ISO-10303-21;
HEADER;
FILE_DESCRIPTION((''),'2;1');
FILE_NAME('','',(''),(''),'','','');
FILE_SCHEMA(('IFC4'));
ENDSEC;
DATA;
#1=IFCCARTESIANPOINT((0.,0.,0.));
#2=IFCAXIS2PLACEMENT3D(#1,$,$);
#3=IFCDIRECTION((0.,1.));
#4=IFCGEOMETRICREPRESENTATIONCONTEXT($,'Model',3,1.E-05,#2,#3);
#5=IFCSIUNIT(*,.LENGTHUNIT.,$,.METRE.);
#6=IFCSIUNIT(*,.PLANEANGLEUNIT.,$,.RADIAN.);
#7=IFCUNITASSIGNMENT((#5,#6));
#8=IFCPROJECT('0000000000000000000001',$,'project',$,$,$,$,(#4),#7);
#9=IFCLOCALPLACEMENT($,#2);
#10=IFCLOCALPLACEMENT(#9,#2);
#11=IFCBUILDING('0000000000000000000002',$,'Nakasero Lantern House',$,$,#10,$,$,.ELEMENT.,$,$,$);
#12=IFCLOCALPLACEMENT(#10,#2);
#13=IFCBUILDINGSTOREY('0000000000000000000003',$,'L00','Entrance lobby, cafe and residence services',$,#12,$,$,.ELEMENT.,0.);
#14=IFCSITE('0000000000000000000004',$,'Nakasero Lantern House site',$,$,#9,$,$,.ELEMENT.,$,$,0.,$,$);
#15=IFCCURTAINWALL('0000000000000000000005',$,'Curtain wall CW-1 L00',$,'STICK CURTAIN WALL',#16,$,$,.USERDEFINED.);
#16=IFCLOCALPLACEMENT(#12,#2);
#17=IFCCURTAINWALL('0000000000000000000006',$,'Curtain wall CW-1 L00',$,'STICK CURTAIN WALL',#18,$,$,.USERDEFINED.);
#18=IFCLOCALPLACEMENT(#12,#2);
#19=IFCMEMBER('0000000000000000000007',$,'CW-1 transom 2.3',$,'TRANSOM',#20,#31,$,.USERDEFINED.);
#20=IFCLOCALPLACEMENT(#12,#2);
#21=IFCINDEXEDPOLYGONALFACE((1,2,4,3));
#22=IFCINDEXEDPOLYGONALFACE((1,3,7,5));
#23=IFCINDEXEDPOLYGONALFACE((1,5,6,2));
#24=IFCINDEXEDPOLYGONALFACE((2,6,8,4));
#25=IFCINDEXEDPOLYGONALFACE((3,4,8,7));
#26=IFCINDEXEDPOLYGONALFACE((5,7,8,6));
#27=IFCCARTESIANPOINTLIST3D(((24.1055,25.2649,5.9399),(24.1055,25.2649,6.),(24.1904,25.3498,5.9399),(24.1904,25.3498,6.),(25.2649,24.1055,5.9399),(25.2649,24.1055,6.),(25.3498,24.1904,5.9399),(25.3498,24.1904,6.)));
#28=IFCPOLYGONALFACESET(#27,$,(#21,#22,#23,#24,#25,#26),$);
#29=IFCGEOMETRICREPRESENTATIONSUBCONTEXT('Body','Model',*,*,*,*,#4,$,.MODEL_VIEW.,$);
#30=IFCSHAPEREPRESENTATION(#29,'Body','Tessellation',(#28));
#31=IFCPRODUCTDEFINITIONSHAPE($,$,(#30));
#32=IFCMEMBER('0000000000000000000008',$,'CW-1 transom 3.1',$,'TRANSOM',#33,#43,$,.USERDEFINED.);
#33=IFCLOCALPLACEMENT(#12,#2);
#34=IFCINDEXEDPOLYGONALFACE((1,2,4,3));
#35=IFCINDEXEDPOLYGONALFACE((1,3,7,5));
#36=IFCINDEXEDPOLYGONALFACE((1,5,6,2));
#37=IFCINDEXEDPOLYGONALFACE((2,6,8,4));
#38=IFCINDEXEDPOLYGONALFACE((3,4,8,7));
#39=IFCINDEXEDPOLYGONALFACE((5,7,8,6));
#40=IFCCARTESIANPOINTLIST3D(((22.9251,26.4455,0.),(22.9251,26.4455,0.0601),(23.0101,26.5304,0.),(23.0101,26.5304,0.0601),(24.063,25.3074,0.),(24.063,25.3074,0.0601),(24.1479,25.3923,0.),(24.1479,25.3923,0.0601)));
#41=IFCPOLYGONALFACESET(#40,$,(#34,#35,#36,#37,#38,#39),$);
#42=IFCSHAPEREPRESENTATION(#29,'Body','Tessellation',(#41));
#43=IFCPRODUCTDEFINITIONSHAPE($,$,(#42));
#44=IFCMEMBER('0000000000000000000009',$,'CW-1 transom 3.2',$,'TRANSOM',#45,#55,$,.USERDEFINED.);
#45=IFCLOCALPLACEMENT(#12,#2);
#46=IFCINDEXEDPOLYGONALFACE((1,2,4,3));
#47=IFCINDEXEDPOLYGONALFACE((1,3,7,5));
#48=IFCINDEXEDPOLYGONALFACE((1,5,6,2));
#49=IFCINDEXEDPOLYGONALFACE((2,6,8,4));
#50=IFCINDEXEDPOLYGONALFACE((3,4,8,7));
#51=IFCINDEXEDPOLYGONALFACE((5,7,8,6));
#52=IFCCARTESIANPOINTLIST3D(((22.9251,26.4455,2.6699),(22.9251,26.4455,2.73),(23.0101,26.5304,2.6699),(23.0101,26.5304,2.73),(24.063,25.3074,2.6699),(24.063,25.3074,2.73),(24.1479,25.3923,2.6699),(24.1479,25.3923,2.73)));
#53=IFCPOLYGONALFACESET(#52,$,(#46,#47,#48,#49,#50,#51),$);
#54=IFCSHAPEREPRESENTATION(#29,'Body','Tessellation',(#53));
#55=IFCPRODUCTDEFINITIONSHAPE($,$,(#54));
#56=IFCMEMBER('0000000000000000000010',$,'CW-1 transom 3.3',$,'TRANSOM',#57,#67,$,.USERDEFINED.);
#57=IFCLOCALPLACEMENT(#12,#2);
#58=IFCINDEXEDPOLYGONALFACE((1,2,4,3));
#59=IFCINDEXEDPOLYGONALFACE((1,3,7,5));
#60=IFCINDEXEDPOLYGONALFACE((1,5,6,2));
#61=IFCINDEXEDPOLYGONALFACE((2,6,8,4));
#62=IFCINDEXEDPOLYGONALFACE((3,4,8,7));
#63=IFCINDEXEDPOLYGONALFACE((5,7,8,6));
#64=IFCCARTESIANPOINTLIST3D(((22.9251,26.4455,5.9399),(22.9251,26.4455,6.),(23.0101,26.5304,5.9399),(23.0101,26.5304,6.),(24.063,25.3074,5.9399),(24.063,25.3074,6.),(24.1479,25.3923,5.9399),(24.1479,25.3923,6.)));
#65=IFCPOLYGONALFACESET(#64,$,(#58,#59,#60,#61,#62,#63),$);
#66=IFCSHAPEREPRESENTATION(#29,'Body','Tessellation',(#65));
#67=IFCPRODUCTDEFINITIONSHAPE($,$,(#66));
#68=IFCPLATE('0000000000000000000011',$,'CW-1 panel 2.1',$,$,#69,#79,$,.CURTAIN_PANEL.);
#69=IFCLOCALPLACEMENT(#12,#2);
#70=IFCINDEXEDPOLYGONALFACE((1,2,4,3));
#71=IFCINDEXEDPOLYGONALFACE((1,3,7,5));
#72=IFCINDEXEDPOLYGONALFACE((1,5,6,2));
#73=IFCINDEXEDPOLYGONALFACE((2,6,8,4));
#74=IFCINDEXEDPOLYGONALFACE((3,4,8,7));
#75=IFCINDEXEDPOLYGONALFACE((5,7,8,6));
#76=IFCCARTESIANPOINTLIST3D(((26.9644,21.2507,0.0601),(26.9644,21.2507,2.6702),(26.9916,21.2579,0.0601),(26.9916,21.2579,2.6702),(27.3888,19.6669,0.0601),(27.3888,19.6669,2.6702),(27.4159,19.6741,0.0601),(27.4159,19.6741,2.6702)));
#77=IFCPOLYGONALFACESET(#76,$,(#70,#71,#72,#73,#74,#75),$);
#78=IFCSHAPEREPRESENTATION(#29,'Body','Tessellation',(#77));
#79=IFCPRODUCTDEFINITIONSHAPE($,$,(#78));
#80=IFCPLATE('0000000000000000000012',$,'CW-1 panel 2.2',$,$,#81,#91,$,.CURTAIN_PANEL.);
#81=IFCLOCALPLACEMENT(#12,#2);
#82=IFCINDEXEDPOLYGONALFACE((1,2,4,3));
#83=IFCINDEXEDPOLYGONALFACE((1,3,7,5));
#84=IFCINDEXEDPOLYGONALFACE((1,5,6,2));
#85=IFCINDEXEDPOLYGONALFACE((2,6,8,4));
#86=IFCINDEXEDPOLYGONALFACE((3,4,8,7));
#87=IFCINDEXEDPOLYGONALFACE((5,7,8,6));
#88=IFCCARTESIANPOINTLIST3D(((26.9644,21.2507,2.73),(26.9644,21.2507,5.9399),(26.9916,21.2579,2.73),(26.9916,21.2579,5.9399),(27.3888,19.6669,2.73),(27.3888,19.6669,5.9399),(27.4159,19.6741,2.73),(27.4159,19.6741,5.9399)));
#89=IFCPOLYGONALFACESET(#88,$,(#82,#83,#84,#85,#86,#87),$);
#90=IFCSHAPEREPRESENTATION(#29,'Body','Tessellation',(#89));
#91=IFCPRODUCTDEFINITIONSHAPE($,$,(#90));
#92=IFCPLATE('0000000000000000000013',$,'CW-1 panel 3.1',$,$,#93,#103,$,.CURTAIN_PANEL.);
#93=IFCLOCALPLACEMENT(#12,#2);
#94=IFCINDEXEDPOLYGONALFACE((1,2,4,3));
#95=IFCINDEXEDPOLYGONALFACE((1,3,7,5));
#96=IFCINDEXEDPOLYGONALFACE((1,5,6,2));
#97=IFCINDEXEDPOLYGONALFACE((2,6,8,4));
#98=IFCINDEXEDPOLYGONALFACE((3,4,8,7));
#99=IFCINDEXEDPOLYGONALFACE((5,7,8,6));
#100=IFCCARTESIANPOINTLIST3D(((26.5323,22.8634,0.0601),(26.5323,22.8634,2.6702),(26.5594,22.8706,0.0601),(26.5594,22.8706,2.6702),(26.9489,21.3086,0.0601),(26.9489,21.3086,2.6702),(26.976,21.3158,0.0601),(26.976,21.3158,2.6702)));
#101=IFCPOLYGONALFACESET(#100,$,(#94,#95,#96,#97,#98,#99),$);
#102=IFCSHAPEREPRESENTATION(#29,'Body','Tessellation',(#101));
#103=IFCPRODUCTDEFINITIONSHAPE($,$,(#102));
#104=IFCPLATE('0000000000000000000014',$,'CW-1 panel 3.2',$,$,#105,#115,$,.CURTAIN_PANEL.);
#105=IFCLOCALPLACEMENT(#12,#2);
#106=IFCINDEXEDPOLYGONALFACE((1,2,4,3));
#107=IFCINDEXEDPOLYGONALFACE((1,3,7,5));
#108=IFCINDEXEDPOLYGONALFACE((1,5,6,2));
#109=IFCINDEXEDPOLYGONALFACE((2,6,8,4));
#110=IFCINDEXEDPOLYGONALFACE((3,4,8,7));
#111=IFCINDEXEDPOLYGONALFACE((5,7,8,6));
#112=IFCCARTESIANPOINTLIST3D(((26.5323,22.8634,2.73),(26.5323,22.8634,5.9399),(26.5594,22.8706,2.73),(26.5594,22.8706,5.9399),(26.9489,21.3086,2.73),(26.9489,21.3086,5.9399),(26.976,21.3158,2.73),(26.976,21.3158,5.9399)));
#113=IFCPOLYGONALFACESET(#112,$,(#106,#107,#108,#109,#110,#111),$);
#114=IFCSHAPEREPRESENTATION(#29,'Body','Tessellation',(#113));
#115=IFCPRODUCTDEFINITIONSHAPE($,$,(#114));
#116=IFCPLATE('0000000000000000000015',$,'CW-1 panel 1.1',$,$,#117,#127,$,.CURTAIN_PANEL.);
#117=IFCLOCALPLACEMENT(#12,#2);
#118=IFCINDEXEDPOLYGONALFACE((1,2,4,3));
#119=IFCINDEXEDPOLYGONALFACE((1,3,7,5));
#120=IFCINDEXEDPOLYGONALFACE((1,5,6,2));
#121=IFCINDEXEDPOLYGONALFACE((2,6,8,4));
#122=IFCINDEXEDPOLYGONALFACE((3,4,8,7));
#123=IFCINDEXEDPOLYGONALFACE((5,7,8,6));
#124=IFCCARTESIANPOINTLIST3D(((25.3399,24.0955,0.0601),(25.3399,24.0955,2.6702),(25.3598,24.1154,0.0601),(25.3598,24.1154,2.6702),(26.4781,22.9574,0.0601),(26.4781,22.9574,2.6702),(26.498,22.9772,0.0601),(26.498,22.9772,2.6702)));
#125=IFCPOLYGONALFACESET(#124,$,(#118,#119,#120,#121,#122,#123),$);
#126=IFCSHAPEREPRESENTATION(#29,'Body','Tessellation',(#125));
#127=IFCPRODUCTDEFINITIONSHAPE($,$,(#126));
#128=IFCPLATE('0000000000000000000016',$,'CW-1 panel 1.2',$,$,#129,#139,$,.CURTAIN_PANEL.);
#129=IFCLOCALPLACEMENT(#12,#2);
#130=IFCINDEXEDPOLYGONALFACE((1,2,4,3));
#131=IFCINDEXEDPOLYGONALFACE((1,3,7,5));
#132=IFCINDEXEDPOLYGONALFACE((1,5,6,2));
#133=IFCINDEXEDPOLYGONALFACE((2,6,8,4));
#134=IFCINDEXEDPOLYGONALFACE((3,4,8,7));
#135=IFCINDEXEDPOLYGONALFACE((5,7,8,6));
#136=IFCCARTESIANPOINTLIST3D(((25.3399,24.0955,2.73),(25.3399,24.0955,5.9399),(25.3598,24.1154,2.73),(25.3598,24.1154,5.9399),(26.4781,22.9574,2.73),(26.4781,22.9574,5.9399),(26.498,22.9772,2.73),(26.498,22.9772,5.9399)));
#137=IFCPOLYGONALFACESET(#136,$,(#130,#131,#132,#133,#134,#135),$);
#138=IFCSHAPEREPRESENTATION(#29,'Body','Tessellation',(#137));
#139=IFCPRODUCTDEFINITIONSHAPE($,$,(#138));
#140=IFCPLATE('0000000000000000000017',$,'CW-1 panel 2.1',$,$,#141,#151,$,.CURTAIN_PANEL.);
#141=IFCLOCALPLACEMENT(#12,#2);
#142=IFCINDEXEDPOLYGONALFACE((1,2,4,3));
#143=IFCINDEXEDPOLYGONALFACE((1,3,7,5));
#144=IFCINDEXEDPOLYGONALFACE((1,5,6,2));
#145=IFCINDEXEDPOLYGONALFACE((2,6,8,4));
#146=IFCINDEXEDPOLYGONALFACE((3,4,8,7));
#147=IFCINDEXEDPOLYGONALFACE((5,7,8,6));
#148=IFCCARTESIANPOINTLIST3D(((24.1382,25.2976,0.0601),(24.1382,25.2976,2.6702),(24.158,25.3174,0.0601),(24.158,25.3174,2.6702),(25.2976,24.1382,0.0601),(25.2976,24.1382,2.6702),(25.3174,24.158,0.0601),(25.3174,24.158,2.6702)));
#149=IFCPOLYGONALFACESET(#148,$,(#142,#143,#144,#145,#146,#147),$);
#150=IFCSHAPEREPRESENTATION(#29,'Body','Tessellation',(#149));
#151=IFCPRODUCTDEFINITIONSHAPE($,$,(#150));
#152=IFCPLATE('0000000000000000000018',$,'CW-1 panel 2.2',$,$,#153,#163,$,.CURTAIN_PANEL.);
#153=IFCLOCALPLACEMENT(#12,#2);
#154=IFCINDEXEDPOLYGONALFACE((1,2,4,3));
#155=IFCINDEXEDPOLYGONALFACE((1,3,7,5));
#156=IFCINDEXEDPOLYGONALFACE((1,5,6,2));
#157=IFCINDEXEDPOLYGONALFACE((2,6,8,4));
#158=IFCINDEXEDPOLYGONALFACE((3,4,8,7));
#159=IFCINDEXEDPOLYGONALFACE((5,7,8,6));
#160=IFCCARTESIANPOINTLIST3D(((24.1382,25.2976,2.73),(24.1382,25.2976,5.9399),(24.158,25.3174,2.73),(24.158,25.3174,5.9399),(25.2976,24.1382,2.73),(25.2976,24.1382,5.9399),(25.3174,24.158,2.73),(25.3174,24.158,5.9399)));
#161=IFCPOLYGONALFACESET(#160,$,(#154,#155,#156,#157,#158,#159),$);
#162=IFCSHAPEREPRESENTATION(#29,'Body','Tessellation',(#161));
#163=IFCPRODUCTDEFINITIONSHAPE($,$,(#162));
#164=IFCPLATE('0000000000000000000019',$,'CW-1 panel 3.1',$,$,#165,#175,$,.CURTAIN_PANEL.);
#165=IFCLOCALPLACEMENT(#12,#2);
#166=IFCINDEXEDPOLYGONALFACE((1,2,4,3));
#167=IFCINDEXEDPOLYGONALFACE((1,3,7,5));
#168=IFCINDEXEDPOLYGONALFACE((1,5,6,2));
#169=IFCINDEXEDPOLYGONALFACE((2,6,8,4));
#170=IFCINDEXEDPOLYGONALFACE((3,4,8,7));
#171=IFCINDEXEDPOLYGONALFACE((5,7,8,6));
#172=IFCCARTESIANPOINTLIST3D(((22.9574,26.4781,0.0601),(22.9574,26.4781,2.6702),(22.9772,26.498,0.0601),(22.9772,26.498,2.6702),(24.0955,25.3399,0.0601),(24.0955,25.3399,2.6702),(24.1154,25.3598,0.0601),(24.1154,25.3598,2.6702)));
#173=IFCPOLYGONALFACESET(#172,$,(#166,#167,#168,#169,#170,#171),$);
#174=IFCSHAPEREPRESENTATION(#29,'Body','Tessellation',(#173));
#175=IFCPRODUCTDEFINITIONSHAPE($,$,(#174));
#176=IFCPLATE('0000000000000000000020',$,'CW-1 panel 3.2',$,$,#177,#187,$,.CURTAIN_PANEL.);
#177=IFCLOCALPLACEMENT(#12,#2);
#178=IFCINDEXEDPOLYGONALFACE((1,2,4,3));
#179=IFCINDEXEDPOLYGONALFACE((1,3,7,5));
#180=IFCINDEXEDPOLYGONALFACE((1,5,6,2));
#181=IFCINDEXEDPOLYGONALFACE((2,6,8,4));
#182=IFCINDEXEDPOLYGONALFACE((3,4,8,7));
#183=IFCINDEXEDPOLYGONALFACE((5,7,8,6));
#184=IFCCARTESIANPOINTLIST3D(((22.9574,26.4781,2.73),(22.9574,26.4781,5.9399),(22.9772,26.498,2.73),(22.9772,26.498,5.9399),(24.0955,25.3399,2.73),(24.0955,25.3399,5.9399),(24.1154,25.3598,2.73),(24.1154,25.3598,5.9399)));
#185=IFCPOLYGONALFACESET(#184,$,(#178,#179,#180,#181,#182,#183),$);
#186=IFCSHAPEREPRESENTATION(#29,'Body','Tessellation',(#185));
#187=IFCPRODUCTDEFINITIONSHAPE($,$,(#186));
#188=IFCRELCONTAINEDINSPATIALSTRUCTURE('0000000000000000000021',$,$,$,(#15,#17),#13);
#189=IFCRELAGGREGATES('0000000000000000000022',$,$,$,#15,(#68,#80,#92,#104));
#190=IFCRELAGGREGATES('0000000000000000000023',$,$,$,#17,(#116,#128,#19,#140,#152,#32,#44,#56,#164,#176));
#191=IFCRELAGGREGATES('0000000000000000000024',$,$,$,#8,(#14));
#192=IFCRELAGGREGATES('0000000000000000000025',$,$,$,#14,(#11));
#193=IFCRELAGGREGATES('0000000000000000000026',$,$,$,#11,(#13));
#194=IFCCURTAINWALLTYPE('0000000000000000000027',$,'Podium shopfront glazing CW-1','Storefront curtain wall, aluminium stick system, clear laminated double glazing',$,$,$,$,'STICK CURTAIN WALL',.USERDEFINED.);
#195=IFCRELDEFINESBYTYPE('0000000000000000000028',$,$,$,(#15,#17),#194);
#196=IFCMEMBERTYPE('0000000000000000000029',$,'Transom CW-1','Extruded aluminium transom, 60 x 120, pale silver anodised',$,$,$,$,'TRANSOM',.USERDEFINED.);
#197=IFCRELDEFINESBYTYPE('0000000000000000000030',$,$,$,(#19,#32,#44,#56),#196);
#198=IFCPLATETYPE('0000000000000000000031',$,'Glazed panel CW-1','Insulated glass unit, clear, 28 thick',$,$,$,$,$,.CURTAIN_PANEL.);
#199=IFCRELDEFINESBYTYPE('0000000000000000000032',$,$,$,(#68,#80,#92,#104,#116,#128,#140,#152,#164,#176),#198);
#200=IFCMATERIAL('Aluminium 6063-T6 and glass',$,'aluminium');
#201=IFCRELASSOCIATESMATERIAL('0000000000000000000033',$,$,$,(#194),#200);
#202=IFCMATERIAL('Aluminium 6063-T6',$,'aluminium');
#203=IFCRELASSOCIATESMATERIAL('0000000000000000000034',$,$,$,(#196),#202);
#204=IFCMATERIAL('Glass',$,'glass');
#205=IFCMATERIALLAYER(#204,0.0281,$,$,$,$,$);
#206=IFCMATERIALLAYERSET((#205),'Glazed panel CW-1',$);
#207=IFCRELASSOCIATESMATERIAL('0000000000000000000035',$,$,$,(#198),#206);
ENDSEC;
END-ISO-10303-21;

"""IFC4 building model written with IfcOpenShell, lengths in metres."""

from ifc_helpers import new_model, si_unit, direction, frame, origin, origin_2d, place, context, subcontext, project, spatial, rectangle, extrude, material, layer, layer_set, material_profile, profile_set, type_object, element, aggregate, save


model = new_model("IFC4")

# Units and contexts
model_context = context("Model", 3, precision=1e-05, world=origin(), true_north=direction((0.0, 1.0)))
body_context = subcontext(model_context, "Body", "Model", "MODEL_VIEW")
ifc_project = project(units=[si_unit("LENGTHUNIT", "METRE"), si_unit("PLANEANGLEUNIT", "RADIAN")], contexts=[model_context])

# Site, building, storey
site_placement = place(None, origin())
site = spatial("IfcSite", under=ifc_project, at=site_placement, Name="Nakasero Lantern House site", CompositionType="ELEMENT", RefElevation=0.0)
building_placement = place(site_placement, origin())
building = spatial("IfcBuilding", under=site, at=building_placement, Name="Nakasero Lantern House", CompositionType="ELEMENT")
storey_placement = place(building_placement, origin())
storey = spatial("IfcBuildingStorey", under=building, at=storey_placement, Name="L00", Description="Entrance lobby, cafe and residence services", CompositionType="ELEMENT", Elevation=0.0)

# Curtain walls
ifc_material_1 = material(Name="Aluminium 6063-T6 and glass", Category="aluminium")
curtain_wall_type = type_object("IfcCurtainWallType", Name="Podium shopfront glazing CW-1", Description="Storefront curtain wall, aluminium stick system, clear laminated double glazing", ElementType="STICK CURTAIN WALL", PredefinedType="USERDEFINED", material=ifc_material_1)
curtain_wall_1_placement = place(storey_placement, origin())
curtain_wall_1 = element("IfcCurtainWall", 1, at=curtain_wall_1_placement, inside=storey, type_object=curtain_wall_type, Name="Curtain wall CW-1 L00", ObjectType="STICK CURTAIN WALL", PredefinedType="USERDEFINED")
curtain_wall_2_placement = place(storey_placement, origin())
curtain_wall_2 = element("IfcCurtainWall", 2, at=curtain_wall_2_placement, inside=storey, type_object=curtain_wall_type, Name="Curtain wall CW-1 L00", ObjectType="STICK CURTAIN WALL", PredefinedType="USERDEFINED")

# Members
ifc_material_2 = material(Name="Aluminium 6063-T6", Category="aluminium")
ifc_material_profile_1 = material_profile(ifc_material_2, rectangle(XDim=0.0601, YDim=0.1201, at=origin_2d()), Name="CW-1 transom 60x120")
ifc_profile_set_1 = profile_set([ifc_material_profile_1], Name="Aluminium 6063-T6")
member_type_1 = type_object("IfcMemberType", Name="Transom CW-1", Description="Extruded aluminium transom, 60 x 120, pale silver anodised", ElementType="TRANSOM", PredefinedType="USERDEFINED", material=ifc_profile_set_1)
member_1_placement = place(storey_placement, frame((25.3074, 24.1479, 5.97), z_axis=(-0.707107, 0.707107, 0.0), x_axis=(0.0, 0.0, 1.0)))
member_1 = element("IfcMember", 3, at=member_1_placement, type_object=member_type_1, Name="CW-1 transom 2.3", ObjectType="TRANSOM", PredefinedType="USERDEFINED", context=body_context, shape_type="SweptSolid", body=[
    extrude(rectangle(XDim=0.0601, YDim=0.1201, at=origin_2d()), origin(), (0.0, 0.0, 1.0), 1.6396),
])
member_2_placement = place(storey_placement, frame((24.1055, 25.3499, 0.03), z_axis=(-0.707031, 0.707183, 0.0), x_axis=(0.0, 0.0, 1.0)))
member_2 = element("IfcMember", 4, at=member_2_placement, type_object=member_type_1, Name="CW-1 transom 3.1", ObjectType="TRANSOM", PredefinedType="USERDEFINED", context=body_context, shape_type="SweptSolid", body=[
    extrude(rectangle(XDim=0.0601, YDim=0.1201, at=origin_2d()), origin(), (0.0, 0.0, 1.0), 1.6094),
])
member_3_placement = place(storey_placement, frame((24.1055, 25.3499, 2.7), z_axis=(-0.707031, 0.707183, 0.0), x_axis=(0.0, 0.0, 1.0)))
member_3 = element("IfcMember", 5, at=member_3_placement, type_object=member_type_1, Name="CW-1 transom 3.2", ObjectType="TRANSOM", PredefinedType="USERDEFINED", context=body_context, shape_type="SweptSolid", body=[
    extrude(rectangle(XDim=0.0601, YDim=0.1201, at=origin_2d()), origin(), (0.0, 0.0, 1.0), 1.6094),
])
member_4_placement = place(storey_placement, frame((24.1055, 25.3499, 5.97), z_axis=(-0.707031, 0.707183, 0.0), x_axis=(0.0, 0.0, 1.0)))
member_4 = element("IfcMember", 6, at=member_4_placement, type_object=member_type_1, Name="CW-1 transom 3.3", ObjectType="TRANSOM", PredefinedType="USERDEFINED", context=body_context, shape_type="SweptSolid", body=[
    extrude(rectangle(XDim=0.0601, YDim=0.1201, at=origin_2d()), origin(), (0.0, 0.0, 1.0), 1.6094),
])

# Plates
ifc_material_3 = material(Name="Glass", Category="glass")
ifc_layer = layer(ifc_material_3, 0.0281)
ifc_layer_set = layer_set([ifc_layer], Name="Glazed panel CW-1")
plate_type = type_object("IfcPlateType", Name="Glazed panel CW-1", Description="Insulated glass unit, clear, 28 thick", PredefinedType="CURTAIN_PANEL", material=ifc_layer_set)
plate_1_placement = place(storey_placement, frame((27.1902, 20.4624, 0.0601), z_axis=(0.0, 0.0, 1.0), x_axis=(-0.258819, 0.965926, 0.0)))
plate_1 = element("IfcPlate", 7, at=plate_1_placement, type_object=plate_type, Name="CW-1 panel 2.1", PredefinedType="CURTAIN_PANEL", context=body_context, shape_type="SweptSolid", body=[
    extrude(rectangle(XDim=1.6396, YDim=0.0281, at=origin_2d()), origin(), (0.0, 0.0, 1.0), 2.6101),
])
plate_2_placement = place(storey_placement, frame((27.1902, 20.4624, 2.73), z_axis=(0.0, 0.0, 1.0), x_axis=(-0.258819, 0.965926, 0.0)))
plate_2 = element("IfcPlate", 8, at=plate_2_placement, type_object=plate_type, Name="CW-1 panel 2.2", PredefinedType="CURTAIN_PANEL", context=body_context, shape_type="SweptSolid", body=[
    extrude(rectangle(XDim=1.6396, YDim=0.0281, at=origin_2d()), origin(), (0.0, 0.0, 1.0), 3.21),
])
plate_3_placement = place(storey_placement, frame((26.7542, 22.0896, 0.0601), z_axis=(0.0, 0.0, 1.0), x_axis=(-0.258819, 0.965926, 0.0)))
plate_3 = element("IfcPlate", 9, at=plate_3_placement, type_object=plate_type, Name="CW-1 panel 3.1", PredefinedType="CURTAIN_PANEL", context=body_context, shape_type="SweptSolid", body=[
    extrude(rectangle(XDim=1.6096, YDim=0.0281, at=origin_2d()), origin(), (0.0, 0.0, 1.0), 2.6101),
])
plate_4_placement = place(storey_placement, frame((26.7542, 22.0896, 2.73), z_axis=(0.0, 0.0, 1.0), x_axis=(-0.258819, 0.965926, 0.0)))
plate_4 = element("IfcPlate", 10, at=plate_4_placement, type_object=plate_type, Name="CW-1 panel 3.2", PredefinedType="CURTAIN_PANEL", context=body_context, shape_type="SweptSolid", body=[
    extrude(rectangle(XDim=1.6096, YDim=0.0281, at=origin_2d()), origin(), (0.0, 0.0, 1.0), 3.21),
])
aggregate(curtain_wall_1, [plate_1, plate_2, plate_3, plate_4])
plate_5_placement = place(storey_placement, frame((25.9189, 23.5364, 0.0601), z_axis=(0.0, 0.0, 1.0), x_axis=(-0.707107, 0.707107, 0.0)))
plate_5 = element("IfcPlate", 11, at=plate_5_placement, type_object=plate_type, Name="CW-1 panel 1.1", PredefinedType="CURTAIN_PANEL", context=body_context, shape_type="SweptSolid", body=[
    extrude(rectangle(XDim=1.6096, YDim=0.0281, at=origin_2d()), origin(), (0.0, 0.0, 1.0), 2.6101),
])
plate_6_placement = place(storey_placement, frame((25.9189, 23.5364, 2.73), z_axis=(0.0, 0.0, 1.0), x_axis=(-0.707107, 0.707107, 0.0)))
plate_6 = element("IfcPlate", 12, at=plate_6_placement, type_object=plate_type, Name="CW-1 panel 1.2", PredefinedType="CURTAIN_PANEL", context=body_context, shape_type="SweptSolid", body=[
    extrude(rectangle(XDim=1.6096, YDim=0.0281, at=origin_2d()), origin(), (0.0, 0.0, 1.0), 3.21),
])
plate_7_placement = place(storey_placement, frame((24.7278, 24.7278, 0.0601), z_axis=(0.0, 0.0, 1.0), x_axis=(-0.707107, 0.707107, 0.0)))
plate_7 = element("IfcPlate", 13, at=plate_7_placement, type_object=plate_type, Name="CW-1 panel 2.1", PredefinedType="CURTAIN_PANEL", context=body_context, shape_type="SweptSolid", body=[
    extrude(rectangle(XDim=1.6396, YDim=0.0281, at=origin_2d()), origin(), (0.0, 0.0, 1.0), 2.6101),
])
plate_8_placement = place(storey_placement, frame((24.7278, 24.7278, 2.73), z_axis=(0.0, 0.0, 1.0), x_axis=(-0.707107, 0.707107, 0.0)))
plate_8 = element("IfcPlate", 14, at=plate_8_placement, type_object=plate_type, Name="CW-1 panel 2.2", PredefinedType="CURTAIN_PANEL", context=body_context, shape_type="SweptSolid", body=[
    extrude(rectangle(XDim=1.6396, YDim=0.0281, at=origin_2d()), origin(), (0.0, 0.0, 1.0), 3.21),
])
plate_9_placement = place(storey_placement, frame((23.5364, 25.9189, 0.0601), z_axis=(0.0, 0.0, 1.0), x_axis=(-0.707107, 0.707107, 0.0)))
plate_9 = element("IfcPlate", 15, at=plate_9_placement, type_object=plate_type, Name="CW-1 panel 3.1", PredefinedType="CURTAIN_PANEL", context=body_context, shape_type="SweptSolid", body=[
    extrude(rectangle(XDim=1.6096, YDim=0.0281, at=origin_2d()), origin(), (0.0, 0.0, 1.0), 2.6101),
])
plate_10_placement = place(storey_placement, frame((23.5364, 25.9189, 2.73), z_axis=(0.0, 0.0, 1.0), x_axis=(-0.707107, 0.707107, 0.0)))
plate_10 = element("IfcPlate", 16, at=plate_10_placement, type_object=plate_type, Name="CW-1 panel 3.2", PredefinedType="CURTAIN_PANEL", context=body_context, shape_type="SweptSolid", body=[
    extrude(rectangle(XDim=1.6096, YDim=0.0281, at=origin_2d()), origin(), (0.0, 0.0, 1.0), 3.21),
])
aggregate(curtain_wall_2, [plate_5, plate_6, member_1, plate_7, plate_8, member_2, member_3, member_4, plate_9, plate_10])

save(model, "model.ifc")
